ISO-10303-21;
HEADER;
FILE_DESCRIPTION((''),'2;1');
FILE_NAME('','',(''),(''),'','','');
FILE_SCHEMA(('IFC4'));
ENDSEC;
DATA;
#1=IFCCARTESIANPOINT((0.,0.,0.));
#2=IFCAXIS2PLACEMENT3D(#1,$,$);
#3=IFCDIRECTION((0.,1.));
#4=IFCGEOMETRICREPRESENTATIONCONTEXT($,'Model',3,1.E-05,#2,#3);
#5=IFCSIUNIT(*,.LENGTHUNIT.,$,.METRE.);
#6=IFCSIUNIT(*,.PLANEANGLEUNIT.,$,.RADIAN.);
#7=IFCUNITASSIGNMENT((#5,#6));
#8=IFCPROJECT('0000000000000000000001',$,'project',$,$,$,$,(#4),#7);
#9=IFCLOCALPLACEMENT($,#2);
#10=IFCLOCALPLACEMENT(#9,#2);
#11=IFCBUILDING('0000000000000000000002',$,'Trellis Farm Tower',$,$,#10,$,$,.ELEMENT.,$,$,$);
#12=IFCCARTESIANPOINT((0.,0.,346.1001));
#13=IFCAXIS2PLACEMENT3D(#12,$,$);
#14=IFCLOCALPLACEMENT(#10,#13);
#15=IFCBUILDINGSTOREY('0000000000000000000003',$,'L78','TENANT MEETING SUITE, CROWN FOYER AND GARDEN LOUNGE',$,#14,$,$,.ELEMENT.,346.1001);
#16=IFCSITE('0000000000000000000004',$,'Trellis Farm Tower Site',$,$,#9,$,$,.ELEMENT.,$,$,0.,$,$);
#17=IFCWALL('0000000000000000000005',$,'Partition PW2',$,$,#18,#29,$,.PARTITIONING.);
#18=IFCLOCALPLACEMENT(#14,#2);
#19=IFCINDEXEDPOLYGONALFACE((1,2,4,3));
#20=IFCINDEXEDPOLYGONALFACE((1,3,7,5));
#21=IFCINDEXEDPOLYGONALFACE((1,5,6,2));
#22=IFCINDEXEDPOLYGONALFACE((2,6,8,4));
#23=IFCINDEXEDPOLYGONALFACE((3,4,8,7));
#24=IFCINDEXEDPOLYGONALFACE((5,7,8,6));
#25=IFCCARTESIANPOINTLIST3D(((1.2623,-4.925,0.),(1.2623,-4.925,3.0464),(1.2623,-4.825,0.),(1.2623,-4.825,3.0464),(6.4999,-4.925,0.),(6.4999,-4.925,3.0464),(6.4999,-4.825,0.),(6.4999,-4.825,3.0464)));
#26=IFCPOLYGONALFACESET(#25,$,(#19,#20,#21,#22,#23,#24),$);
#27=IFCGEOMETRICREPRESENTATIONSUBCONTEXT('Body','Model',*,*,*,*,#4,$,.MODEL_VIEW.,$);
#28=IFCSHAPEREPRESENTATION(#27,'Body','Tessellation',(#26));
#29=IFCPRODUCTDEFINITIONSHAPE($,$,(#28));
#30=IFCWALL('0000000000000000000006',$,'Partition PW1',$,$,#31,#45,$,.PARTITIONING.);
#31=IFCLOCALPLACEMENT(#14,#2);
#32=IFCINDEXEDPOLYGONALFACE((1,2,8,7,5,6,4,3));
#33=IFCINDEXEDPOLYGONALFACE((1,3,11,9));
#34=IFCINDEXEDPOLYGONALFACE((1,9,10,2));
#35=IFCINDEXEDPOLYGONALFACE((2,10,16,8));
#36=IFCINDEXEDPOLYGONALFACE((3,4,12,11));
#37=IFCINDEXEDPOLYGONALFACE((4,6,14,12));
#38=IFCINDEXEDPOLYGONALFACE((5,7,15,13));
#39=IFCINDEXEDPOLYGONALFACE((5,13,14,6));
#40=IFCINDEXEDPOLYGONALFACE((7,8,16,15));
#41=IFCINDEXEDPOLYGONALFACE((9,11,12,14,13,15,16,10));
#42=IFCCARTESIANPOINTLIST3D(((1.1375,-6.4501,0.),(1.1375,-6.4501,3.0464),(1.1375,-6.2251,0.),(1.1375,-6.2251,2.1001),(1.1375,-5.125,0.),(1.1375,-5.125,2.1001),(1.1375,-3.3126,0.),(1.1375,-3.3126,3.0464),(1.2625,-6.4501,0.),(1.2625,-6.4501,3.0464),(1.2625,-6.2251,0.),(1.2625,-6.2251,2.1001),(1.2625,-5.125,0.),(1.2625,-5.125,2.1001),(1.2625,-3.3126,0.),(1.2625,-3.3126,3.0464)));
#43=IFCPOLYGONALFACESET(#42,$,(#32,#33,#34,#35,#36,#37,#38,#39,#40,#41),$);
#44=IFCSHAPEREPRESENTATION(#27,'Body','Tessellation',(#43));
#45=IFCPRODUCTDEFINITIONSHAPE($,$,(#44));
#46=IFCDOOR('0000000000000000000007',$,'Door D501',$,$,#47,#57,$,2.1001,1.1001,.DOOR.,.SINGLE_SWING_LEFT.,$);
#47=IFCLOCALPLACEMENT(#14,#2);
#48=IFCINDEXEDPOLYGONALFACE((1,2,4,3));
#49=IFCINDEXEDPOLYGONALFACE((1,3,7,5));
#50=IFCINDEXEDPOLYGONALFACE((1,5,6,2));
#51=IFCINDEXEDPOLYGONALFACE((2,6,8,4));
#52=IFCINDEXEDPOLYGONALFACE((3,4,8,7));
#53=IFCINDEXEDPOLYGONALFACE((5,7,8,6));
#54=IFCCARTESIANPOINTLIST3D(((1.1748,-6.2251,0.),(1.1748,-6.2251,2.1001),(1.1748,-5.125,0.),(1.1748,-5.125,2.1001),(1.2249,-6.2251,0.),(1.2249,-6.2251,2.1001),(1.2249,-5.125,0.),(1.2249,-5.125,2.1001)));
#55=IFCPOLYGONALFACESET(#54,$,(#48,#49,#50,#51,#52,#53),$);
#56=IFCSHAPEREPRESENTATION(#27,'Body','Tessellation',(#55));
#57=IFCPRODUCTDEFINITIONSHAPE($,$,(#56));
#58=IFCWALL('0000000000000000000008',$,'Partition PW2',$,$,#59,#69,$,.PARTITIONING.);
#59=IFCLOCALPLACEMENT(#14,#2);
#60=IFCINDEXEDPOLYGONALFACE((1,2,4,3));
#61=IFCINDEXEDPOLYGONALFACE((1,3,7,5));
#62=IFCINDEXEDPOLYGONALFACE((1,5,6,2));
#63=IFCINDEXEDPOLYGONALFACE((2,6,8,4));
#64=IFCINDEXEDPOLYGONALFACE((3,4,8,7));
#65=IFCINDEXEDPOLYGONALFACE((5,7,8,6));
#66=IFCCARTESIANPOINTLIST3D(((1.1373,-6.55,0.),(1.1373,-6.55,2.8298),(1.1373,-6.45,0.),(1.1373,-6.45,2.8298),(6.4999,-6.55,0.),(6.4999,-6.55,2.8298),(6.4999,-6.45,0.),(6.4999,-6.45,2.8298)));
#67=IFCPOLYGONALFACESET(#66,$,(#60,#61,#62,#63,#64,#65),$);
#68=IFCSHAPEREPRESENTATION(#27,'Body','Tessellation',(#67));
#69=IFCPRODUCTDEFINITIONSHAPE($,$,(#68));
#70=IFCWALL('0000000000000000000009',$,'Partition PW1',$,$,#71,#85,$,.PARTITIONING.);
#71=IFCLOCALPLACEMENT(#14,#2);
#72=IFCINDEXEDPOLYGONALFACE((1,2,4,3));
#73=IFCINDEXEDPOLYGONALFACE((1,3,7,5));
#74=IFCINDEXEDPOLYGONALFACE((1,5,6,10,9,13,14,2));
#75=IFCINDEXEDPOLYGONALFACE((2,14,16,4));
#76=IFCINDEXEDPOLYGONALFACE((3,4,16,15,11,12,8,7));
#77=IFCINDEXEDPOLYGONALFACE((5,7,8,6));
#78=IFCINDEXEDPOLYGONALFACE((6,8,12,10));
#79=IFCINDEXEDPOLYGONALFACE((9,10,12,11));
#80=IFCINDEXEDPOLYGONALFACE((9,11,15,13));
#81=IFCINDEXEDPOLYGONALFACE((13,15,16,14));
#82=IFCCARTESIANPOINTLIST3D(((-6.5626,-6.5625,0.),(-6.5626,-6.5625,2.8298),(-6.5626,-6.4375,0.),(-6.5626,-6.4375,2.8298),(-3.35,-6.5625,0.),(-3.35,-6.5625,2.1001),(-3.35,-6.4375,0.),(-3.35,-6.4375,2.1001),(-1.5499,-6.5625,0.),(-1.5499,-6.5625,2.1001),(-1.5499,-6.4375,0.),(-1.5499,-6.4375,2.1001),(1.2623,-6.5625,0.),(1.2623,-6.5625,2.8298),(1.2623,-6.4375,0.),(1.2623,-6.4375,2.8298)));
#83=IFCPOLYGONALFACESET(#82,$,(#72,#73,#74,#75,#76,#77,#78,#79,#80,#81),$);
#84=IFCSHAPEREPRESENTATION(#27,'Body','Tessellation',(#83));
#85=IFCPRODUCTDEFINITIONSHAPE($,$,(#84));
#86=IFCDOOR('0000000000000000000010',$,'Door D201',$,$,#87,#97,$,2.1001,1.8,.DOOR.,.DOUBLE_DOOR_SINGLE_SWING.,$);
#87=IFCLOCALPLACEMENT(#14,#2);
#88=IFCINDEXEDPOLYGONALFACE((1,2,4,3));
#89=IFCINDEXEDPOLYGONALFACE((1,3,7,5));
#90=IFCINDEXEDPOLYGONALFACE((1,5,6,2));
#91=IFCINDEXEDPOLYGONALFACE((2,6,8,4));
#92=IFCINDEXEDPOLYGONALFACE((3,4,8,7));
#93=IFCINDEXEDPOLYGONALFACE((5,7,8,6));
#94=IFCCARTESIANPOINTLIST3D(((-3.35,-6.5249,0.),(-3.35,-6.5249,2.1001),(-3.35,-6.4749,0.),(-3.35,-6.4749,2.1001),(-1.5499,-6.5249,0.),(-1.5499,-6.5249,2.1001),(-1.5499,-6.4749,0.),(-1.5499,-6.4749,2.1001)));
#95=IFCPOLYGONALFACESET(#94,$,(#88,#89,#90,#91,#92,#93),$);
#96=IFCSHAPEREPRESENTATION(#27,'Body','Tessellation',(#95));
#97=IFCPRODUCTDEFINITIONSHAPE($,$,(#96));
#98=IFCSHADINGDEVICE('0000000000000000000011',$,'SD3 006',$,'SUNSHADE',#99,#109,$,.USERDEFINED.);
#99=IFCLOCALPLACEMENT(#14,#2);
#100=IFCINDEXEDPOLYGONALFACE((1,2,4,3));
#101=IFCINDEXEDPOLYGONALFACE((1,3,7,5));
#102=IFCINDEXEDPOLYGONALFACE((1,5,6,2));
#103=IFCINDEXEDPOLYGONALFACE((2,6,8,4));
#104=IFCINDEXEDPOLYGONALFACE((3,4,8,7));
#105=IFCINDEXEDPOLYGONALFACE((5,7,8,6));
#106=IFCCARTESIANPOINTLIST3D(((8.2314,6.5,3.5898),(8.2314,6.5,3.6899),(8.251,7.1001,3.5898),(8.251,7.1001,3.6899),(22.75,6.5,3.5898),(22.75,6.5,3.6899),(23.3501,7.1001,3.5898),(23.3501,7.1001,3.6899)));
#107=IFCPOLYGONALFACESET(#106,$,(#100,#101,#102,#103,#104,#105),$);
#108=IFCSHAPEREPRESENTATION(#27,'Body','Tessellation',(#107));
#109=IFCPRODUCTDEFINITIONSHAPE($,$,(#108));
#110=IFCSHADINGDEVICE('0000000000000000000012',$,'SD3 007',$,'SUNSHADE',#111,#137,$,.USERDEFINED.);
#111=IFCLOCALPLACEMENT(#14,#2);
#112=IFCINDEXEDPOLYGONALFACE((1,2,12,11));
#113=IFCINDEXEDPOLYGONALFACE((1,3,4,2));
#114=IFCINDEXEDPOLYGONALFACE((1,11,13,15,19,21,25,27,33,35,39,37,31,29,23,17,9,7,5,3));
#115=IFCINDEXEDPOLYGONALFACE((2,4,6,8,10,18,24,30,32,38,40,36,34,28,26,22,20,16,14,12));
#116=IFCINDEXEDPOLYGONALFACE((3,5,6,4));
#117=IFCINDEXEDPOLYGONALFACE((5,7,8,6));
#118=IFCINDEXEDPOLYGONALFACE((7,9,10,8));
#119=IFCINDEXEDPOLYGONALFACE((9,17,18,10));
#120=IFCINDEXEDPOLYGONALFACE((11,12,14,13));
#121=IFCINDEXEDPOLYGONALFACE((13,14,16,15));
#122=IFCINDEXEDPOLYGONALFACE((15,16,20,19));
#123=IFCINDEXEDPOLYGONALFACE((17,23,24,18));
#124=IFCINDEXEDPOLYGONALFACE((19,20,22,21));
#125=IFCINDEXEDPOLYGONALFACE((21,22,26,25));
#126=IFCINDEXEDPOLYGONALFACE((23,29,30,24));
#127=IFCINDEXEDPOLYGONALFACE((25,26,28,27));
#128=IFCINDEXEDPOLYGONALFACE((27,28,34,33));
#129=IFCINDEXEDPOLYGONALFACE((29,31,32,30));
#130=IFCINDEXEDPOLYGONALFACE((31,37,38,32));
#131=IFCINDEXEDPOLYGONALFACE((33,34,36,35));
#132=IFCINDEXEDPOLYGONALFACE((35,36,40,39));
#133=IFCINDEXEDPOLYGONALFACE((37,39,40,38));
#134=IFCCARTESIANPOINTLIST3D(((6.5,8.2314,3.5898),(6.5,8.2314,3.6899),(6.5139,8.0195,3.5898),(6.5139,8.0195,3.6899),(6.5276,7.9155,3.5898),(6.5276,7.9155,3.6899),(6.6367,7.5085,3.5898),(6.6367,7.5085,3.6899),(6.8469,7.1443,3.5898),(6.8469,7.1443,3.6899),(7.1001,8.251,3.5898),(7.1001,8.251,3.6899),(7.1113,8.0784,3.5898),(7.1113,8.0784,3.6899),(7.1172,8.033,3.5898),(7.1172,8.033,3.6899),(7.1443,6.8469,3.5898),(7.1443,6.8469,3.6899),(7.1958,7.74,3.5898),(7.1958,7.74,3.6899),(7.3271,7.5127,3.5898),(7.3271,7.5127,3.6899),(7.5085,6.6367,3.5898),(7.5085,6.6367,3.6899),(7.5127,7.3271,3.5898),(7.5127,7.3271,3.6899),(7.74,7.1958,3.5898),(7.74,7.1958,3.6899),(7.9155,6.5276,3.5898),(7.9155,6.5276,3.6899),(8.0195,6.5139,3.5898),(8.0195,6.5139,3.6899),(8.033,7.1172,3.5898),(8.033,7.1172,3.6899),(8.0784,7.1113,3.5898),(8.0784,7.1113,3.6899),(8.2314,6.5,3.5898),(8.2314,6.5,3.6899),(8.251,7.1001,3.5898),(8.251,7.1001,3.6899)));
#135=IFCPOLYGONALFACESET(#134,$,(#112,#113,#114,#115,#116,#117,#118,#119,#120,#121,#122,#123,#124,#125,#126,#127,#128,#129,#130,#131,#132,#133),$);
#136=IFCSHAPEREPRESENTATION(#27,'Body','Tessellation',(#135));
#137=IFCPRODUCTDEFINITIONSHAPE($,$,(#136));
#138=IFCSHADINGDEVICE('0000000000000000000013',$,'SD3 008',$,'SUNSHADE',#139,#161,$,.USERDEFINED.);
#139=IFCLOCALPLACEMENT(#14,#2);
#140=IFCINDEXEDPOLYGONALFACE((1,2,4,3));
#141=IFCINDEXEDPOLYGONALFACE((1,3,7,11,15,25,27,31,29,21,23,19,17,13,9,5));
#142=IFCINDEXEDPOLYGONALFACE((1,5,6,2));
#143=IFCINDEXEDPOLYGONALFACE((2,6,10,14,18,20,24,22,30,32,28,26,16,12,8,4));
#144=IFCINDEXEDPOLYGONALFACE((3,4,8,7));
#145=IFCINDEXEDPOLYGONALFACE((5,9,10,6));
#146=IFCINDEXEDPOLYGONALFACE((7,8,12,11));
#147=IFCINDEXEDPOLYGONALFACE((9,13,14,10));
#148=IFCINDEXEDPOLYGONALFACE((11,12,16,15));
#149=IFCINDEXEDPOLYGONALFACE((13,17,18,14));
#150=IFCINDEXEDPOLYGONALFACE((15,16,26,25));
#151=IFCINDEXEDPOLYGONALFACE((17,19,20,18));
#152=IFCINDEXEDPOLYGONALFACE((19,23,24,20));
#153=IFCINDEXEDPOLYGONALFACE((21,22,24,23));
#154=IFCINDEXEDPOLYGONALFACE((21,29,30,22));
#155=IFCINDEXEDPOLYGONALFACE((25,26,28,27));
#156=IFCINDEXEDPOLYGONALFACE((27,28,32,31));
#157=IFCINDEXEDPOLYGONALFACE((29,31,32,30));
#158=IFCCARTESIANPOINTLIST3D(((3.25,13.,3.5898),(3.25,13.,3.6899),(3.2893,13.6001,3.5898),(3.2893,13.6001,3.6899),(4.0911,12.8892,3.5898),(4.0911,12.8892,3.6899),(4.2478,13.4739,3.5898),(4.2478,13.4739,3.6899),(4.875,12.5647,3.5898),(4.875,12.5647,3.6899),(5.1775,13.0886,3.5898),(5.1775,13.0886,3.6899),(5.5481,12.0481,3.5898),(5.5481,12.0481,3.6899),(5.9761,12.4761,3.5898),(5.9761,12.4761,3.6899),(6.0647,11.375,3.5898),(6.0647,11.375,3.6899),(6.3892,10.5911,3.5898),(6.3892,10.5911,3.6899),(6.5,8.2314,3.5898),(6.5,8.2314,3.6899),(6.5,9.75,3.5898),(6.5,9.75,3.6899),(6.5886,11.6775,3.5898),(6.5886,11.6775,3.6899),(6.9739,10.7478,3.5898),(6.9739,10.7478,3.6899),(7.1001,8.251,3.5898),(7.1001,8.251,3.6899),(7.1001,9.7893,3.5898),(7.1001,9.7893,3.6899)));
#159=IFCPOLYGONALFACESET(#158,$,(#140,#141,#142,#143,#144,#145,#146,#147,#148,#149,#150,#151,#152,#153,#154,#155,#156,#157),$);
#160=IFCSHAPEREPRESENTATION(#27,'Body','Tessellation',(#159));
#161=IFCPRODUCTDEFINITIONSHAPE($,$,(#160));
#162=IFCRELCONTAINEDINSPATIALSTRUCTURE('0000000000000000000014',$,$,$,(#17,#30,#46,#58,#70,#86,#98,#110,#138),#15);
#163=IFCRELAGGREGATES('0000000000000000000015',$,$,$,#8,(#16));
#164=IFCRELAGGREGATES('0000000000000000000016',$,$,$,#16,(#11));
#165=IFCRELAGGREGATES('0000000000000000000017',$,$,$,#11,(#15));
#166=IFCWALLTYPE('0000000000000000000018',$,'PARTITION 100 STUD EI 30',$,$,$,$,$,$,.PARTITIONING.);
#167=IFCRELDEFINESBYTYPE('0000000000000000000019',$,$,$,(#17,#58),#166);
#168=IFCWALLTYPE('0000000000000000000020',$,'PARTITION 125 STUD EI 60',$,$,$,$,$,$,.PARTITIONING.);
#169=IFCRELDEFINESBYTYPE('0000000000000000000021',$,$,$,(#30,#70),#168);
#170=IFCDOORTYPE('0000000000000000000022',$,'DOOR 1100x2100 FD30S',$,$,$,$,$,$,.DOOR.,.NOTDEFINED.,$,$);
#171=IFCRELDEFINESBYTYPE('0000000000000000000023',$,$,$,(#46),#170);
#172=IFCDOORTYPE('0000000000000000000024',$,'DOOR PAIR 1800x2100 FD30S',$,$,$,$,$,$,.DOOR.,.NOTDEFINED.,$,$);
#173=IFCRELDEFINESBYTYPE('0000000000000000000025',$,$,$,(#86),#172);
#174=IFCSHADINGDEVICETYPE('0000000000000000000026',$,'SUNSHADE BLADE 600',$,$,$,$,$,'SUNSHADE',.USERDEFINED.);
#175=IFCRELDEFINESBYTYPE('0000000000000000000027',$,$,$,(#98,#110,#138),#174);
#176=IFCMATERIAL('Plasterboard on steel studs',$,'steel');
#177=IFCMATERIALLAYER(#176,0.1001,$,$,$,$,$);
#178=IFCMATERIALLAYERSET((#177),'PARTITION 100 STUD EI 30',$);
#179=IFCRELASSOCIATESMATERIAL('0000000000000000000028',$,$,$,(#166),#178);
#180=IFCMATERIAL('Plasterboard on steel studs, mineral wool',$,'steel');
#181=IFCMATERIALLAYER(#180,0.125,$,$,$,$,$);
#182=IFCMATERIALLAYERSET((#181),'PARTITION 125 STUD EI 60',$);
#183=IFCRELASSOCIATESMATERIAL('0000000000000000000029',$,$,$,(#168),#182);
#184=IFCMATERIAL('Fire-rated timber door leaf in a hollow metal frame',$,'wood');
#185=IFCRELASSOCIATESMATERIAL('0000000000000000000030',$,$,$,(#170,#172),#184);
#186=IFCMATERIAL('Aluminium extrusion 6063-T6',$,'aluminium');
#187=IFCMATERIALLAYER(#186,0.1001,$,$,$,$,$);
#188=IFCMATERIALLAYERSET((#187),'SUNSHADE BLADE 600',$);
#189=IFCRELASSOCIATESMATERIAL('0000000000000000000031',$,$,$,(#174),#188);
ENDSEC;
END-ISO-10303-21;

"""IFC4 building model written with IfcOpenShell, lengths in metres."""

from ifc_helpers import new_model, si_unit, direction, frame, frame_2d, origin, place, context, subcontext, project, spatial, polyline, rectangle, outline, extrude, source, transform, mapped, material, layer, layer_set, type_object, element, fill, save


model = new_model("IFC4")

# Units and contexts
model_context = context("Model", 3, precision=1e-05, world=origin(), true_north=direction((0.0, 1.0)))
body_context = subcontext(model_context, "Body", "Model", "MODEL_VIEW")
ifc_project = project(units=[si_unit("LENGTHUNIT", "METRE"), si_unit("PLANEANGLEUNIT", "RADIAN")], contexts=[model_context])

# Site, building, storey
site_placement = place(None, origin())
site = spatial("IfcSite", under=ifc_project, at=site_placement, Name="Trellis Farm Tower Site", CompositionType="ELEMENT", RefElevation=0.0)
building_placement = place(site_placement, origin())
building = spatial("IfcBuilding", under=site, at=building_placement, Name="Trellis Farm Tower", CompositionType="ELEMENT")
storey_placement = place(building_placement, frame((0.0, 0.0, 346.1001)))
storey = spatial("IfcBuildingStorey", under=building, at=storey_placement, Name="L78", Description="TENANT MEETING SUITE, CROWN FOYER AND GARDEN LOUNGE", CompositionType="ELEMENT", Elevation=346.1001)

# Shared definitions
ifc_material_1 = material(Name="Aluminium extrusion 6063-T6", Category="aluminium")

# Wall
ifc_material_2 = material(Name="Plasterboard on steel studs", Category="steel")
ifc_layer_1 = layer(ifc_material_2, 0.1001)
ifc_layer_set_1 = layer_set([ifc_layer_1], Name="PARTITION 100 STUD EI 30")
wall_type_1 = type_object("IfcWallType", Name="PARTITION 100 STUD EI 30", PredefinedType="PARTITIONING", material=ifc_layer_set_1)
wall_1_placement = place(storey_placement, frame((1.2625, -4.875, 0.0), z_axis=(0.0, 0.0, 1.0), x_axis=(1.0, 0.0, 0.0)))
element("IfcWall", 1, at=wall_1_placement, inside=storey, type_object=wall_type_1, Name="Partition PW2", PredefinedType="PARTITIONING", context=body_context, shape_type="SweptSolid", body=[
    extrude(rectangle(XDim=5.2375, YDim=0.1001, at=frame_2d((2.6187, 0.0))), origin(), (0.0, 0.0, 1.0), 3.0464),
])

# Wall, opening, door
ifc_material_3 = material(Name="Plasterboard on steel studs, mineral wool", Category="steel")
ifc_layer_2 = layer(ifc_material_3, 0.125)
ifc_layer_set_2 = layer_set([ifc_layer_2], Name="PARTITION 125 STUD EI 60")
wall_type_2 = type_object("IfcWallType", Name="PARTITION 125 STUD EI 60", PredefinedType="PARTITIONING", material=ifc_layer_set_2)
shared_shape_1 = source(origin(), body_context, "Body", "SweptSolid", [
    extrude(rectangle(XDim=3.1375, YDim=0.125, at=frame_2d((1.5688, 0.0))), origin(), (0.0, 0.0, 1.0), 3.0464),
])
wall_2_placement = place(storey_placement, frame((1.2, -3.3125, 0.0), z_axis=(0.0, 0.0, 1.0), x_axis=(0.0, -1.0, 0.0)))
wall_2 = element("IfcWall", 2, at=wall_2_placement, inside=storey, type_object=wall_type_2, Name="Partition PW1", PredefinedType="PARTITIONING", context=body_context, shape_type="MappedRepresentation", body=[
    mapped(shared_shape_1, transform((0.0, 0.0, 0.0))),
])
shared_shape_2 = source(origin(), body_context, "Body", "SweptSolid", [
    extrude(rectangle(XDim=1.1001, YDim=2.1001, at=frame_2d((0.55, 1.05))), frame((0.0, 0.0725, 0.0), z_axis=(0.0, -1.0, 0.0), x_axis=(1.0, 0.0, 0.0)), (0.0, 0.0, 1.0), 0.145),
])
opening_1_placement = place(wall_2_placement, frame((1.8125, 0.0, 0.0)))
opening_1 = element("IfcOpeningElement", 3, at=opening_1_placement, cuts=wall_2, PredefinedType="OPENING", context=body_context, shape_type="MappedRepresentation", body=[
    mapped(shared_shape_2, transform((0.0, 0.0, 0.0))),
])
ifc_material_4 = material(Name="Fire-rated timber door leaf in a hollow metal frame", Category="wood")
door_type_1 = type_object("IfcDoorType", Name="DOOR 1100x2100 FD30S", OperationType="NOTDEFINED", PredefinedType="DOOR", material=ifc_material_4)
shared_shape_3 = source(origin(), body_context, "Body", "SweptSolid", [
    extrude(rectangle(XDim=1.1001, YDim=2.1001, at=frame_2d((0.55, 1.05))), frame((0.0, 0.0249, 0.0), z_axis=(0.0, -1.0, 0.0), x_axis=(1.0, 0.0, 0.0)), (0.0, 0.0, 1.0), 0.05),
])
door_1_placement = place(opening_1_placement, origin())
door_1 = element("IfcDoor", 4, at=door_1_placement, inside=storey, type_object=door_type_1, Name="Door D501", OperationType="SINGLE_SWING_LEFT", OverallHeight=2.1001, OverallWidth=1.1001, PredefinedType="DOOR", context=body_context, shape_type="MappedRepresentation", body=[
    mapped(shared_shape_3, transform((0.0, 0.0, 0.0))),
])
fill(opening_1, door_1)

# Wall
shared_shape_4 = source(origin(), body_context, "Body", "SweptSolid", [
    extrude(rectangle(XDim=5.3625, YDim=0.1001, at=frame_2d((2.6812, 0.0))), origin(), (0.0, 0.0, 1.0), 2.8298),
])
wall_3_placement = place(storey_placement, frame((1.1375, -6.5, 0.0), z_axis=(0.0, 0.0, 1.0), x_axis=(1.0, 0.0, 0.0)))
element("IfcWall", 5, at=wall_3_placement, inside=storey, type_object=wall_type_1, Name="Partition PW2", PredefinedType="PARTITIONING", context=body_context, shape_type="MappedRepresentation", body=[
    mapped(shared_shape_4, transform((0.0, 0.0, 0.0))),
])

# Wall, opening, door
shared_shape_5 = source(origin(), body_context, "Body", "SweptSolid", [
    extrude(rectangle(XDim=7.825, YDim=0.125, at=frame_2d((3.9126, 0.0))), origin(), (0.0, 0.0, 1.0), 2.8298),
])
wall_4_placement = place(storey_placement, frame((1.2625, -6.5, 0.0), z_axis=(0.0, 0.0, 1.0), x_axis=(-1.0, 0.0, 0.0)))
wall_4 = element("IfcWall", 6, at=wall_4_placement, inside=storey, type_object=wall_type_2, Name="Partition PW1", PredefinedType="PARTITIONING", context=body_context, shape_type="MappedRepresentation", body=[
    mapped(shared_shape_5, transform((0.0, 0.0, 0.0))),
])
shared_shape_6 = source(origin(), body_context, "Body", "SweptSolid", [
    extrude(rectangle(XDim=1.8, YDim=2.1001, at=frame_2d((0.8999, 1.05))), frame((0.0, 0.0725, 0.0), z_axis=(0.0, -1.0, 0.0), x_axis=(1.0, 0.0, 0.0)), (0.0, 0.0, 1.0), 0.145),
])
opening_2_placement = place(wall_4_placement, frame((2.8125, 0.0, 0.0)))
opening_2 = element("IfcOpeningElement", 7, at=opening_2_placement, cuts=wall_4, PredefinedType="OPENING", context=body_context, shape_type="MappedRepresentation", body=[
    mapped(shared_shape_6, transform((0.0, 0.0, 0.0))),
])
door_type_2 = type_object("IfcDoorType", Name="DOOR PAIR 1800x2100 FD30S", OperationType="NOTDEFINED", PredefinedType="DOOR", material=ifc_material_4)
shared_shape_7 = source(origin(), body_context, "Body", "SweptSolid", [
    extrude(rectangle(XDim=1.8, YDim=2.1001, at=frame_2d((0.8999, 1.05))), frame((0.0, 0.0249, 0.0), z_axis=(0.0, -1.0, 0.0), x_axis=(1.0, 0.0, 0.0)), (0.0, 0.0, 1.0), 0.05),
])
door_2_placement = place(opening_2_placement, origin())
door_2 = element("IfcDoor", 8, at=door_2_placement, inside=storey, type_object=door_type_2, Name="Door D201", OperationType="DOUBLE_DOOR_SINGLE_SWING", OverallHeight=2.1001, OverallWidth=1.8, PredefinedType="DOOR", context=body_context, shape_type="MappedRepresentation", body=[
    mapped(shared_shape_7, transform((0.0, 0.0, 0.0))),
])
fill(opening_2, door_2)

# Shading devices
ifc_layer_3 = layer(ifc_material_1, 0.1001)
ifc_layer_set_3 = layer_set([ifc_layer_3], Name="SUNSHADE BLADE 600")
shading_device_type = type_object("IfcShadingDeviceType", Name="SUNSHADE BLADE 600", ElementType="SUNSHADE", PredefinedType="USERDEFINED", material=ifc_layer_set_3)
shared_shape_8 = source(origin(), body_context, "Body", "SweptSolid", [
    extrude(outline(polyline([(23.3501, 7.1001), (8.251, 7.1001), (8.2314, 6.5), (22.75, 6.5), (23.3501, 7.1001)])), origin(), (0.0, 0.0, 1.0), 0.1001),
])
placement_1 = place(storey_placement, frame((0.0, 0.0, 3.5898)))
element("IfcShadingDevice", 9, at=placement_1, inside=storey, type_object=shading_device_type, Name="SD3 006", ObjectType="SUNSHADE", PredefinedType="USERDEFINED", context=body_context, shape_type="MappedRepresentation", body=[
    mapped(shared_shape_8, transform((0.0, 0.0, 0.0))),
])
shared_shape_9 = source(origin(), body_context, "Body", "SweptSolid", [
    extrude(outline(polyline([(8.251, 7.1001), (8.0784, 7.1113), (8.033, 7.1172), (7.74, 7.1958), (7.5127, 7.3271), (7.3271, 7.5127), (7.1958, 7.74), (7.1172, 8.033), (7.1113, 8.0784), (7.1001, 8.251), (6.5, 8.2314), (6.5139, 8.0195), (6.5276, 7.9155), (6.6367, 7.5085), (6.8469, 7.1443), (7.1443, 6.8469), (7.5085, 6.6367), (7.9155, 6.5276), (8.0195, 6.5139), (8.2314, 6.5), (8.251, 7.1001)])), origin(), (0.0, 0.0, 1.0), 0.1001),
])
element("IfcShadingDevice", 10, at=placement_1, inside=storey, type_object=shading_device_type, Name="SD3 007", ObjectType="SUNSHADE", PredefinedType="USERDEFINED", context=body_context, shape_type="MappedRepresentation", body=[
    mapped(shared_shape_9, transform((0.0, 0.0, 0.0))),
])
shared_shape_10 = source(origin(), body_context, "Body", "SweptSolid", [
    extrude(outline(polyline([(7.1001, 8.251), (7.1001, 9.7893), (6.9739, 10.7478), (6.5886, 11.6775), (5.9761, 12.4761), (5.1775, 13.0886), (4.2478, 13.4739), (3.2893, 13.6001), (3.25, 13.0), (4.0911, 12.8892), (4.875, 12.5647), (5.5481, 12.0481), (6.0647, 11.375), (6.3892, 10.5911), (6.5, 9.75), (6.5, 8.2314), (7.1001, 8.251)])), origin(), (0.0, 0.0, 1.0), 0.1001),
])
element("IfcShadingDevice", 11, at=placement_1, inside=storey, type_object=shading_device_type, Name="SD3 008", ObjectType="SUNSHADE", PredefinedType="USERDEFINED", context=body_context, shape_type="MappedRepresentation", body=[
    mapped(shared_shape_10, transform((0.0, 0.0, 0.0))),
])

save(model, "model.ifc")
